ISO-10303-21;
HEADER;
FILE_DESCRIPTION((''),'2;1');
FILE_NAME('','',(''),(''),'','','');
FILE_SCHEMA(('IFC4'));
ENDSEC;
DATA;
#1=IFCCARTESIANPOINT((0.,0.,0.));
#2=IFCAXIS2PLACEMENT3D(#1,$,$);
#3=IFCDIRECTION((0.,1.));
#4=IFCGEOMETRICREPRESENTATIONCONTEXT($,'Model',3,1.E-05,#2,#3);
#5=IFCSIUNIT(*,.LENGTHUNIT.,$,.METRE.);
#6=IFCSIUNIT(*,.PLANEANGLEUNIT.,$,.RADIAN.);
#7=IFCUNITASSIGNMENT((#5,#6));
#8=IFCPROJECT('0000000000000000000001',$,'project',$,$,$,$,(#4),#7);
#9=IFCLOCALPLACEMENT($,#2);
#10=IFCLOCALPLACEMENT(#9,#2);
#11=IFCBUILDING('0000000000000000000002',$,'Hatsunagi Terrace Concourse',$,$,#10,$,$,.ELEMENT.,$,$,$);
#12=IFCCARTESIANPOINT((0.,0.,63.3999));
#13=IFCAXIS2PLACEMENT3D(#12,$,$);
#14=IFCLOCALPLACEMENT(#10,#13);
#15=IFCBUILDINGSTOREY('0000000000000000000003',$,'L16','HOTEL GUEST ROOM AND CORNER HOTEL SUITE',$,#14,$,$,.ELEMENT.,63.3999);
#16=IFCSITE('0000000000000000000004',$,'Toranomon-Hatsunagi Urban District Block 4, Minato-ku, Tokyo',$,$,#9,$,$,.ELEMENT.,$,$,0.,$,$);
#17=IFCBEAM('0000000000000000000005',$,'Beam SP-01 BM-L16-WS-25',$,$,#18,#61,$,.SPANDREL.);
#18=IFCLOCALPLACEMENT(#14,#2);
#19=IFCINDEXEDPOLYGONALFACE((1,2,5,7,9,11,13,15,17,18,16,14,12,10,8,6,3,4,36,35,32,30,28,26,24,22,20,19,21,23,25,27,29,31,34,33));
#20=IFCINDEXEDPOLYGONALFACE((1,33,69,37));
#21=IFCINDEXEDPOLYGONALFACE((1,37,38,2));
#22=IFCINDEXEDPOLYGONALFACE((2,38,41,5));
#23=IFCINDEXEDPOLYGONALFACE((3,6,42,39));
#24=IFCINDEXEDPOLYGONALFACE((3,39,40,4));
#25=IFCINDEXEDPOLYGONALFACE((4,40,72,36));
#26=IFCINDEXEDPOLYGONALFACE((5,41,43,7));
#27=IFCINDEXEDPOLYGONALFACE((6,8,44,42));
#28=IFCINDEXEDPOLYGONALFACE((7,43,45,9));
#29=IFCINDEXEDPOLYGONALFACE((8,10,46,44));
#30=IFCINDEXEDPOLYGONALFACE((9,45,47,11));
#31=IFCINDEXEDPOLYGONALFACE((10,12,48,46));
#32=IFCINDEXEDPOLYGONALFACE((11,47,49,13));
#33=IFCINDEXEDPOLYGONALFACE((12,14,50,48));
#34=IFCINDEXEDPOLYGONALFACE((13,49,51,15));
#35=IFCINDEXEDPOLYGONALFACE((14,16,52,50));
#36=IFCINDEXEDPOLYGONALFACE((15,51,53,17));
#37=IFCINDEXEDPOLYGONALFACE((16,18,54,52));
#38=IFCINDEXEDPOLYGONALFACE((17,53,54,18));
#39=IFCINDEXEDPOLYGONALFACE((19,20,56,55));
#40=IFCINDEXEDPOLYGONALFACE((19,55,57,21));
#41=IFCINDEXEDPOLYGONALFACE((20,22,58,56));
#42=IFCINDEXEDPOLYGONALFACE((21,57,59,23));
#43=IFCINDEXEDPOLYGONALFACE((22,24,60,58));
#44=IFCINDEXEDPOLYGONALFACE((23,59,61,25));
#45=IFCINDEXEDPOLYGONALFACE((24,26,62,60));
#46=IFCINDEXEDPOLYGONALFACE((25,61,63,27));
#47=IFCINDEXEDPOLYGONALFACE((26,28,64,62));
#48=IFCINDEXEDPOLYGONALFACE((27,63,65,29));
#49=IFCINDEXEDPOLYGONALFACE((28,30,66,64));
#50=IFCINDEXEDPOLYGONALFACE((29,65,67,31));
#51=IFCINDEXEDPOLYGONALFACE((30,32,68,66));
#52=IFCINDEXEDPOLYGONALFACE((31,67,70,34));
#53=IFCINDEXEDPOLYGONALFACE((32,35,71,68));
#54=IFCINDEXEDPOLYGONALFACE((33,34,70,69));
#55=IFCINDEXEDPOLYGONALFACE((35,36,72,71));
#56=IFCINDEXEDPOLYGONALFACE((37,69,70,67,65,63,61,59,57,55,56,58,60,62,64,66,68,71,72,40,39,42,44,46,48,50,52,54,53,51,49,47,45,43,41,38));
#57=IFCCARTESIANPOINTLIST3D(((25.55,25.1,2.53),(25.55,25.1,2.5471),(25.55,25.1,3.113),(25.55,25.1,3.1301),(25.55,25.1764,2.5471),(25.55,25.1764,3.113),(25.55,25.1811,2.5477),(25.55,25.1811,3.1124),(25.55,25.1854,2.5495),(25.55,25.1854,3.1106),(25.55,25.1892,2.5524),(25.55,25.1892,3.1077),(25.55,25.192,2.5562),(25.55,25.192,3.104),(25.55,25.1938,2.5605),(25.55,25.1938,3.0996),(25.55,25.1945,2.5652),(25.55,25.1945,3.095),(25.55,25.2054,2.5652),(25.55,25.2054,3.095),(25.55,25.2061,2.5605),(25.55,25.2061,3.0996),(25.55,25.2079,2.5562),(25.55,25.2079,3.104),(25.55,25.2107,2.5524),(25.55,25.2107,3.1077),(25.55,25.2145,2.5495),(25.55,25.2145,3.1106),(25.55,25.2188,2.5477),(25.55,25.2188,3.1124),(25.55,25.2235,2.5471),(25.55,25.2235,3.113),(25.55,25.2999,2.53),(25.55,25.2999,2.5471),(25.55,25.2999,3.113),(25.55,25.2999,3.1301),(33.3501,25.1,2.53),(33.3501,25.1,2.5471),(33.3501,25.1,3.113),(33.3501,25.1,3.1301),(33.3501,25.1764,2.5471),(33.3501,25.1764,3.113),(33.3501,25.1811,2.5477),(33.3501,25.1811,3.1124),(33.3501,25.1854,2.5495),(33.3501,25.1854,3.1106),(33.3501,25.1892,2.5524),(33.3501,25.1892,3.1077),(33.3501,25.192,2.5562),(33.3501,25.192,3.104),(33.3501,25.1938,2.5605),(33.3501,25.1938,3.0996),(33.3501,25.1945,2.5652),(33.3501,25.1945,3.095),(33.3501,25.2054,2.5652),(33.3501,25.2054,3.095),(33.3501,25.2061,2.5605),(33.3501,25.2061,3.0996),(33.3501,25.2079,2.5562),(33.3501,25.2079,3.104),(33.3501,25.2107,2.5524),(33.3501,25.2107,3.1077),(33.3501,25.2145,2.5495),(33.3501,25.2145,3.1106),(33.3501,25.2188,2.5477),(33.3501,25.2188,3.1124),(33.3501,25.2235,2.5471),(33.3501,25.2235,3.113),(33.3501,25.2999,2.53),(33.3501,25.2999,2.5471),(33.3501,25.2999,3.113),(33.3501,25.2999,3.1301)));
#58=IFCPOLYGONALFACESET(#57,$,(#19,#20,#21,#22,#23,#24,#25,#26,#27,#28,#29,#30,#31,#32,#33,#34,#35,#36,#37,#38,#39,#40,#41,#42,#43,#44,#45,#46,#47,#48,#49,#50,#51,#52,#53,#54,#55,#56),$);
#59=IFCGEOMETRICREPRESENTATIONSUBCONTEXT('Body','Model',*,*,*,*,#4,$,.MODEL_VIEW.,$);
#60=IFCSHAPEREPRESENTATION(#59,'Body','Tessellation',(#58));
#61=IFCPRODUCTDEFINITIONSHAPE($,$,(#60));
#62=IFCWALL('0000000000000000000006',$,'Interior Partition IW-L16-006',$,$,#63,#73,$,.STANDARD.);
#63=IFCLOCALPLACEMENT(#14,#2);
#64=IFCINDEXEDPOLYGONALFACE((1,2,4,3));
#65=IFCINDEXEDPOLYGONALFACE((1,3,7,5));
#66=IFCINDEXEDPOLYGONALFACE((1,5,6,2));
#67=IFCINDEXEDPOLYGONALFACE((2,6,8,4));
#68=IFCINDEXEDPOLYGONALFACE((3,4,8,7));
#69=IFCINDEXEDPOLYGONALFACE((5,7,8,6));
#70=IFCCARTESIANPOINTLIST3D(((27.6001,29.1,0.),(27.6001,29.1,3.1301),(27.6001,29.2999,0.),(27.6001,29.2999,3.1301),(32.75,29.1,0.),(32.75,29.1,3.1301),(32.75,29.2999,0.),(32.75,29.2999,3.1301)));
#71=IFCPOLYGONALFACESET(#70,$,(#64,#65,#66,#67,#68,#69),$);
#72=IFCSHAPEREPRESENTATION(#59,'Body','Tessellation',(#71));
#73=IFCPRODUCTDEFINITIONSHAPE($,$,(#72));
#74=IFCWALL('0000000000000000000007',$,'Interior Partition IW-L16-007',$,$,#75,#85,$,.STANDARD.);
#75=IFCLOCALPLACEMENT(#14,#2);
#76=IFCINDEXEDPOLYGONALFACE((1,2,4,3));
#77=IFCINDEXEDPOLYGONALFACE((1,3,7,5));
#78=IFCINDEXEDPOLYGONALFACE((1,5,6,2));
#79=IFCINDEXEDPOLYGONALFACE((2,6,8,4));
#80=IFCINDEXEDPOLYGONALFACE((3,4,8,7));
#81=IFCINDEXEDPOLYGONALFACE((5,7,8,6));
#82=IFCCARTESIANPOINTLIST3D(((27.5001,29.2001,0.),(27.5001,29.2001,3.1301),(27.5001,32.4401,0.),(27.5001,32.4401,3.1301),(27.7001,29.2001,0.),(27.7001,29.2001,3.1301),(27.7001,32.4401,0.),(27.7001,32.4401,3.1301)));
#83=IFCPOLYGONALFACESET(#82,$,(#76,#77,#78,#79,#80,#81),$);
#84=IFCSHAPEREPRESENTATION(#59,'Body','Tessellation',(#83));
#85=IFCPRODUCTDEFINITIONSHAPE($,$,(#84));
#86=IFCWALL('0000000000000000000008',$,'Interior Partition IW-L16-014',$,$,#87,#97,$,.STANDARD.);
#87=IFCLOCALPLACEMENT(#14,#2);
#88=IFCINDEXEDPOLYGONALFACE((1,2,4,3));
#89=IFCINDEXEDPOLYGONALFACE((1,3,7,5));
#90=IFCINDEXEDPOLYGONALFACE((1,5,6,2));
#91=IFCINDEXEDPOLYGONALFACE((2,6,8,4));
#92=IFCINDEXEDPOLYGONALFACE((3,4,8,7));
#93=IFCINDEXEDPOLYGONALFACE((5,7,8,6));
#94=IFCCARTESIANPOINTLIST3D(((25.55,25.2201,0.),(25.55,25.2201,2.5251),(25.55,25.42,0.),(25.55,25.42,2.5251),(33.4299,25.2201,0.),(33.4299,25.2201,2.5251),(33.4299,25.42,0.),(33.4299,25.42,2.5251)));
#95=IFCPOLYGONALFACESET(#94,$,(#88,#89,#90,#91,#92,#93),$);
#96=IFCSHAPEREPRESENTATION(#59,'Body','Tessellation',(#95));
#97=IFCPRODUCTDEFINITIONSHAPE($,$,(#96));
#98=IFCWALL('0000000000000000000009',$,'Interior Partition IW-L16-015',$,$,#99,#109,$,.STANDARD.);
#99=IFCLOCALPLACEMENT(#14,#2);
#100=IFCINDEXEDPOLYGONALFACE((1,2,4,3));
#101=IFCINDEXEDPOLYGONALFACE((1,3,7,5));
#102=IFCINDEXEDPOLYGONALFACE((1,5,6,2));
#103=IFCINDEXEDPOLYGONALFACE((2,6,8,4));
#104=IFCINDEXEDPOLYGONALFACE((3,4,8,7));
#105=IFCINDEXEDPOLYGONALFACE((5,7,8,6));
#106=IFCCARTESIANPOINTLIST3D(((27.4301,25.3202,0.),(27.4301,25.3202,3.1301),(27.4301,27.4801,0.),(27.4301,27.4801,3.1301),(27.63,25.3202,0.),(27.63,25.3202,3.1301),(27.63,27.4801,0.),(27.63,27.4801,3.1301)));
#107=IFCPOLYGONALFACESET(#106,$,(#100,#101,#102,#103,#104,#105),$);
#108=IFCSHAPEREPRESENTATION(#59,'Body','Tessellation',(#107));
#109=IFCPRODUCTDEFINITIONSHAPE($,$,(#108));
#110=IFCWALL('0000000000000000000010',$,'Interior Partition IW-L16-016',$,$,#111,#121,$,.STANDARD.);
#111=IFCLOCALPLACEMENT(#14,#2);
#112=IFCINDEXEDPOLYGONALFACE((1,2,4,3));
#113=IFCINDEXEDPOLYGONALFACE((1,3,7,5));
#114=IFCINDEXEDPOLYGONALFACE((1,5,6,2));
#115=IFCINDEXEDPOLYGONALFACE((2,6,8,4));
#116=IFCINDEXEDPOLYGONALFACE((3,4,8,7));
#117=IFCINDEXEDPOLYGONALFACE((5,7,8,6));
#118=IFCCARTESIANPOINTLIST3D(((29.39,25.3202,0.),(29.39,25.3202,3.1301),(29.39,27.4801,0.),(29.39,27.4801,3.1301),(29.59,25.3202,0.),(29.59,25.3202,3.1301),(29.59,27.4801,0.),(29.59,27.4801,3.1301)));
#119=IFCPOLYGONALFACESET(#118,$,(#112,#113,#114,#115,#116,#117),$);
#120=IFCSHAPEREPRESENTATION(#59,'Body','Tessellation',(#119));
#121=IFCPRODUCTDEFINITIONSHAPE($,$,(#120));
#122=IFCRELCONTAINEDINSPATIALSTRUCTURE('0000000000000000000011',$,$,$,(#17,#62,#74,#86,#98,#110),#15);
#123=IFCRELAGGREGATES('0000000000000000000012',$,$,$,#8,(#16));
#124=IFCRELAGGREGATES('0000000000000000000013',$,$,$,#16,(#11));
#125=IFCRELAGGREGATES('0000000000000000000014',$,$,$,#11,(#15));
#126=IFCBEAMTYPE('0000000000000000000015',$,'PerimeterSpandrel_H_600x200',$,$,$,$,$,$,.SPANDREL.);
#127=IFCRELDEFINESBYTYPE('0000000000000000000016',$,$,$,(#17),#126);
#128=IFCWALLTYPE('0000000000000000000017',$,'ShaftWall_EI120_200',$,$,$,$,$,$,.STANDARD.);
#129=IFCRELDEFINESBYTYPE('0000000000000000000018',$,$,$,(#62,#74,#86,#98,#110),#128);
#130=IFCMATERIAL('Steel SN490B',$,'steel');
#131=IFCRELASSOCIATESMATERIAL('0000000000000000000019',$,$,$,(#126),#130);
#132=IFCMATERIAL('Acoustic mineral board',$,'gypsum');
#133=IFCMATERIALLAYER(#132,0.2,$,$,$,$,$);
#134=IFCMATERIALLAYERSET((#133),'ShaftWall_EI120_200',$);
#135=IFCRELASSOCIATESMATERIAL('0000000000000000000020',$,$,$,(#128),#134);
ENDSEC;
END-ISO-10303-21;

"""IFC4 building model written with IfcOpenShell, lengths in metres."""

from ifc_helpers import new_model, si_unit, direction, frame, frame_2d, origin, origin_2d, place, context, subcontext, project, spatial, rectangle, i_section, extrude, material, layer, layer_set, material_profile, profile_set, type_object, element, save


model = new_model("IFC4")

# Units and contexts
model_context = context("Model", 3, precision=1e-05, world=origin(), true_north=direction((0.0, 1.0)))
body_context = subcontext(model_context, "Body", "Model", "MODEL_VIEW")
ifc_project = project(units=[si_unit("LENGTHUNIT", "METRE"), si_unit("PLANEANGLEUNIT", "RADIAN")], contexts=[model_context])

# Site, building, storey
site_placement = place(None, origin())
site = spatial("IfcSite", under=ifc_project, at=site_placement, Name="Toranomon-Hatsunagi Urban District Block 4, Minato-ku, Tokyo", CompositionType="ELEMENT", RefElevation=0.0)
building_placement = place(site_placement, origin())
building = spatial("IfcBuilding", under=site, at=building_placement, Name="Hatsunagi Terrace Concourse", CompositionType="ELEMENT")
storey_placement = place(building_placement, frame((0.0, 0.0, 63.3999)))
storey = spatial("IfcBuildingStorey", under=building, at=storey_placement, Name="L16", Description="HOTEL GUEST ROOM AND CORNER HOTEL SUITE", CompositionType="ELEMENT", Elevation=63.3999)

# Beam
ifc_material_1 = material(Name="Steel SN490B", Category="steel")
ifc_material_profile_1 = material_profile(ifc_material_1, i_section(OverallWidth=0.2, OverallDepth=0.6001, WebThickness=0.011, FlangeThickness=0.0171, FilletRadius=0.0181, at=origin_2d()), Name="H-600x200x11x17")
ifc_profile_set_1 = profile_set([ifc_material_profile_1], Name="Steel SN490B")
beam_type_1 = type_object("IfcBeamType", Name="PerimeterSpandrel_H_600x200", PredefinedType="SPANDREL", material=ifc_profile_set_1)
beam_1_placement = place(storey_placement, frame((25.55, 25.2, 2.8301), z_axis=(1.0, 0.0, 0.0), x_axis=(0.0, 1.0, 0.0)))
element("IfcBeam", 1, at=beam_1_placement, inside=storey, type_object=beam_type_1, Name="Beam SP-01 BM-L16-WS-25", PredefinedType="SPANDREL", context=body_context, shape_type="SweptSolid", body=[
    extrude(i_section(OverallWidth=0.2, OverallDepth=0.6001, WebThickness=0.011, FlangeThickness=0.0171, FilletRadius=0.0181, at=origin_2d()), origin(), (0.0, 0.0, 1.0), 7.8),
])

# Walls
ifc_material_2 = material(Name="Acoustic mineral board", Category="gypsum")
ifc_layer_1 = layer(ifc_material_2, 0.2)
ifc_layer_set_1 = layer_set([ifc_layer_1], Name="ShaftWall_EI120_200")
wall_type_1 = type_object("IfcWallType", Name="ShaftWall_EI120_200", PredefinedType="STANDARD", material=ifc_layer_set_1)
wall_1_placement = place(storey_placement, frame((27.6001, 29.2, 0.0), z_axis=(0.0, 0.0, 1.0), x_axis=(1.0, 0.0, 0.0)))
element("IfcWall", 2, at=wall_1_placement, inside=storey, type_object=wall_type_1, Name="Interior Partition IW-L16-006", PredefinedType="STANDARD", context=body_context, shape_type="SweptSolid", body=[
    extrude(rectangle(XDim=5.1499, YDim=0.2, at=frame_2d((2.575, 0.0))), origin(), (0.0, 0.0, 1.0), 3.1301),
])
wall_2_placement = place(storey_placement, frame((27.6001, 29.2, 0.0), z_axis=(0.0, 0.0, 1.0), x_axis=(0.0, 1.0, 0.0)))
element("IfcWall", 3, at=wall_2_placement, inside=storey, type_object=wall_type_1, Name="Interior Partition IW-L16-007", PredefinedType="STANDARD", context=body_context, shape_type="SweptSolid", body=[
    extrude(rectangle(XDim=3.24, YDim=0.2, at=frame_2d((1.6201, 0.0))), origin(), (0.0, 0.0, 1.0), 3.1301),
])
wall_3_placement = place(storey_placement, frame((25.55, 25.3201, 0.0), z_axis=(0.0, 0.0, 1.0), x_axis=(1.0, 0.0, 0.0)))
element("IfcWall", 4, at=wall_3_placement, inside=storey, type_object=wall_type_1, Name="Interior Partition IW-L16-014", PredefinedType="STANDARD", context=body_context, shape_type="SweptSolid", body=[
    extrude(rectangle(XDim=7.8799, YDim=0.2, at=frame_2d((3.9399, 0.0))), origin(), (0.0, 0.0, 1.0), 2.5251),
])
for number, where, z_axis, x_axis, name in (
    (5, (27.53, 25.3201, 0.0), (0.0, 0.0, 1.0), (0.0, 1.0, 0.0), "Interior Partition IW-L16-015"),
    (6, (29.49, 25.3201, 0.0), (0.0, 0.0, 1.0), (0.0, 1.0, 0.0), "Interior Partition IW-L16-016"),
):
    element("IfcWall", number, at=place(storey_placement, frame(where, z_axis=z_axis, x_axis=x_axis)), inside=storey, type_object=wall_type_1, Name=name, PredefinedType="STANDARD", context=body_context, shape_type="SweptSolid", body=[
        extrude(rectangle(XDim=2.1599, YDim=0.2, at=frame_2d((1.0801, 0.0))), origin(), (0.0, 0.0, 1.0), 3.1301),
    ])

save(model, "model.ifc")
